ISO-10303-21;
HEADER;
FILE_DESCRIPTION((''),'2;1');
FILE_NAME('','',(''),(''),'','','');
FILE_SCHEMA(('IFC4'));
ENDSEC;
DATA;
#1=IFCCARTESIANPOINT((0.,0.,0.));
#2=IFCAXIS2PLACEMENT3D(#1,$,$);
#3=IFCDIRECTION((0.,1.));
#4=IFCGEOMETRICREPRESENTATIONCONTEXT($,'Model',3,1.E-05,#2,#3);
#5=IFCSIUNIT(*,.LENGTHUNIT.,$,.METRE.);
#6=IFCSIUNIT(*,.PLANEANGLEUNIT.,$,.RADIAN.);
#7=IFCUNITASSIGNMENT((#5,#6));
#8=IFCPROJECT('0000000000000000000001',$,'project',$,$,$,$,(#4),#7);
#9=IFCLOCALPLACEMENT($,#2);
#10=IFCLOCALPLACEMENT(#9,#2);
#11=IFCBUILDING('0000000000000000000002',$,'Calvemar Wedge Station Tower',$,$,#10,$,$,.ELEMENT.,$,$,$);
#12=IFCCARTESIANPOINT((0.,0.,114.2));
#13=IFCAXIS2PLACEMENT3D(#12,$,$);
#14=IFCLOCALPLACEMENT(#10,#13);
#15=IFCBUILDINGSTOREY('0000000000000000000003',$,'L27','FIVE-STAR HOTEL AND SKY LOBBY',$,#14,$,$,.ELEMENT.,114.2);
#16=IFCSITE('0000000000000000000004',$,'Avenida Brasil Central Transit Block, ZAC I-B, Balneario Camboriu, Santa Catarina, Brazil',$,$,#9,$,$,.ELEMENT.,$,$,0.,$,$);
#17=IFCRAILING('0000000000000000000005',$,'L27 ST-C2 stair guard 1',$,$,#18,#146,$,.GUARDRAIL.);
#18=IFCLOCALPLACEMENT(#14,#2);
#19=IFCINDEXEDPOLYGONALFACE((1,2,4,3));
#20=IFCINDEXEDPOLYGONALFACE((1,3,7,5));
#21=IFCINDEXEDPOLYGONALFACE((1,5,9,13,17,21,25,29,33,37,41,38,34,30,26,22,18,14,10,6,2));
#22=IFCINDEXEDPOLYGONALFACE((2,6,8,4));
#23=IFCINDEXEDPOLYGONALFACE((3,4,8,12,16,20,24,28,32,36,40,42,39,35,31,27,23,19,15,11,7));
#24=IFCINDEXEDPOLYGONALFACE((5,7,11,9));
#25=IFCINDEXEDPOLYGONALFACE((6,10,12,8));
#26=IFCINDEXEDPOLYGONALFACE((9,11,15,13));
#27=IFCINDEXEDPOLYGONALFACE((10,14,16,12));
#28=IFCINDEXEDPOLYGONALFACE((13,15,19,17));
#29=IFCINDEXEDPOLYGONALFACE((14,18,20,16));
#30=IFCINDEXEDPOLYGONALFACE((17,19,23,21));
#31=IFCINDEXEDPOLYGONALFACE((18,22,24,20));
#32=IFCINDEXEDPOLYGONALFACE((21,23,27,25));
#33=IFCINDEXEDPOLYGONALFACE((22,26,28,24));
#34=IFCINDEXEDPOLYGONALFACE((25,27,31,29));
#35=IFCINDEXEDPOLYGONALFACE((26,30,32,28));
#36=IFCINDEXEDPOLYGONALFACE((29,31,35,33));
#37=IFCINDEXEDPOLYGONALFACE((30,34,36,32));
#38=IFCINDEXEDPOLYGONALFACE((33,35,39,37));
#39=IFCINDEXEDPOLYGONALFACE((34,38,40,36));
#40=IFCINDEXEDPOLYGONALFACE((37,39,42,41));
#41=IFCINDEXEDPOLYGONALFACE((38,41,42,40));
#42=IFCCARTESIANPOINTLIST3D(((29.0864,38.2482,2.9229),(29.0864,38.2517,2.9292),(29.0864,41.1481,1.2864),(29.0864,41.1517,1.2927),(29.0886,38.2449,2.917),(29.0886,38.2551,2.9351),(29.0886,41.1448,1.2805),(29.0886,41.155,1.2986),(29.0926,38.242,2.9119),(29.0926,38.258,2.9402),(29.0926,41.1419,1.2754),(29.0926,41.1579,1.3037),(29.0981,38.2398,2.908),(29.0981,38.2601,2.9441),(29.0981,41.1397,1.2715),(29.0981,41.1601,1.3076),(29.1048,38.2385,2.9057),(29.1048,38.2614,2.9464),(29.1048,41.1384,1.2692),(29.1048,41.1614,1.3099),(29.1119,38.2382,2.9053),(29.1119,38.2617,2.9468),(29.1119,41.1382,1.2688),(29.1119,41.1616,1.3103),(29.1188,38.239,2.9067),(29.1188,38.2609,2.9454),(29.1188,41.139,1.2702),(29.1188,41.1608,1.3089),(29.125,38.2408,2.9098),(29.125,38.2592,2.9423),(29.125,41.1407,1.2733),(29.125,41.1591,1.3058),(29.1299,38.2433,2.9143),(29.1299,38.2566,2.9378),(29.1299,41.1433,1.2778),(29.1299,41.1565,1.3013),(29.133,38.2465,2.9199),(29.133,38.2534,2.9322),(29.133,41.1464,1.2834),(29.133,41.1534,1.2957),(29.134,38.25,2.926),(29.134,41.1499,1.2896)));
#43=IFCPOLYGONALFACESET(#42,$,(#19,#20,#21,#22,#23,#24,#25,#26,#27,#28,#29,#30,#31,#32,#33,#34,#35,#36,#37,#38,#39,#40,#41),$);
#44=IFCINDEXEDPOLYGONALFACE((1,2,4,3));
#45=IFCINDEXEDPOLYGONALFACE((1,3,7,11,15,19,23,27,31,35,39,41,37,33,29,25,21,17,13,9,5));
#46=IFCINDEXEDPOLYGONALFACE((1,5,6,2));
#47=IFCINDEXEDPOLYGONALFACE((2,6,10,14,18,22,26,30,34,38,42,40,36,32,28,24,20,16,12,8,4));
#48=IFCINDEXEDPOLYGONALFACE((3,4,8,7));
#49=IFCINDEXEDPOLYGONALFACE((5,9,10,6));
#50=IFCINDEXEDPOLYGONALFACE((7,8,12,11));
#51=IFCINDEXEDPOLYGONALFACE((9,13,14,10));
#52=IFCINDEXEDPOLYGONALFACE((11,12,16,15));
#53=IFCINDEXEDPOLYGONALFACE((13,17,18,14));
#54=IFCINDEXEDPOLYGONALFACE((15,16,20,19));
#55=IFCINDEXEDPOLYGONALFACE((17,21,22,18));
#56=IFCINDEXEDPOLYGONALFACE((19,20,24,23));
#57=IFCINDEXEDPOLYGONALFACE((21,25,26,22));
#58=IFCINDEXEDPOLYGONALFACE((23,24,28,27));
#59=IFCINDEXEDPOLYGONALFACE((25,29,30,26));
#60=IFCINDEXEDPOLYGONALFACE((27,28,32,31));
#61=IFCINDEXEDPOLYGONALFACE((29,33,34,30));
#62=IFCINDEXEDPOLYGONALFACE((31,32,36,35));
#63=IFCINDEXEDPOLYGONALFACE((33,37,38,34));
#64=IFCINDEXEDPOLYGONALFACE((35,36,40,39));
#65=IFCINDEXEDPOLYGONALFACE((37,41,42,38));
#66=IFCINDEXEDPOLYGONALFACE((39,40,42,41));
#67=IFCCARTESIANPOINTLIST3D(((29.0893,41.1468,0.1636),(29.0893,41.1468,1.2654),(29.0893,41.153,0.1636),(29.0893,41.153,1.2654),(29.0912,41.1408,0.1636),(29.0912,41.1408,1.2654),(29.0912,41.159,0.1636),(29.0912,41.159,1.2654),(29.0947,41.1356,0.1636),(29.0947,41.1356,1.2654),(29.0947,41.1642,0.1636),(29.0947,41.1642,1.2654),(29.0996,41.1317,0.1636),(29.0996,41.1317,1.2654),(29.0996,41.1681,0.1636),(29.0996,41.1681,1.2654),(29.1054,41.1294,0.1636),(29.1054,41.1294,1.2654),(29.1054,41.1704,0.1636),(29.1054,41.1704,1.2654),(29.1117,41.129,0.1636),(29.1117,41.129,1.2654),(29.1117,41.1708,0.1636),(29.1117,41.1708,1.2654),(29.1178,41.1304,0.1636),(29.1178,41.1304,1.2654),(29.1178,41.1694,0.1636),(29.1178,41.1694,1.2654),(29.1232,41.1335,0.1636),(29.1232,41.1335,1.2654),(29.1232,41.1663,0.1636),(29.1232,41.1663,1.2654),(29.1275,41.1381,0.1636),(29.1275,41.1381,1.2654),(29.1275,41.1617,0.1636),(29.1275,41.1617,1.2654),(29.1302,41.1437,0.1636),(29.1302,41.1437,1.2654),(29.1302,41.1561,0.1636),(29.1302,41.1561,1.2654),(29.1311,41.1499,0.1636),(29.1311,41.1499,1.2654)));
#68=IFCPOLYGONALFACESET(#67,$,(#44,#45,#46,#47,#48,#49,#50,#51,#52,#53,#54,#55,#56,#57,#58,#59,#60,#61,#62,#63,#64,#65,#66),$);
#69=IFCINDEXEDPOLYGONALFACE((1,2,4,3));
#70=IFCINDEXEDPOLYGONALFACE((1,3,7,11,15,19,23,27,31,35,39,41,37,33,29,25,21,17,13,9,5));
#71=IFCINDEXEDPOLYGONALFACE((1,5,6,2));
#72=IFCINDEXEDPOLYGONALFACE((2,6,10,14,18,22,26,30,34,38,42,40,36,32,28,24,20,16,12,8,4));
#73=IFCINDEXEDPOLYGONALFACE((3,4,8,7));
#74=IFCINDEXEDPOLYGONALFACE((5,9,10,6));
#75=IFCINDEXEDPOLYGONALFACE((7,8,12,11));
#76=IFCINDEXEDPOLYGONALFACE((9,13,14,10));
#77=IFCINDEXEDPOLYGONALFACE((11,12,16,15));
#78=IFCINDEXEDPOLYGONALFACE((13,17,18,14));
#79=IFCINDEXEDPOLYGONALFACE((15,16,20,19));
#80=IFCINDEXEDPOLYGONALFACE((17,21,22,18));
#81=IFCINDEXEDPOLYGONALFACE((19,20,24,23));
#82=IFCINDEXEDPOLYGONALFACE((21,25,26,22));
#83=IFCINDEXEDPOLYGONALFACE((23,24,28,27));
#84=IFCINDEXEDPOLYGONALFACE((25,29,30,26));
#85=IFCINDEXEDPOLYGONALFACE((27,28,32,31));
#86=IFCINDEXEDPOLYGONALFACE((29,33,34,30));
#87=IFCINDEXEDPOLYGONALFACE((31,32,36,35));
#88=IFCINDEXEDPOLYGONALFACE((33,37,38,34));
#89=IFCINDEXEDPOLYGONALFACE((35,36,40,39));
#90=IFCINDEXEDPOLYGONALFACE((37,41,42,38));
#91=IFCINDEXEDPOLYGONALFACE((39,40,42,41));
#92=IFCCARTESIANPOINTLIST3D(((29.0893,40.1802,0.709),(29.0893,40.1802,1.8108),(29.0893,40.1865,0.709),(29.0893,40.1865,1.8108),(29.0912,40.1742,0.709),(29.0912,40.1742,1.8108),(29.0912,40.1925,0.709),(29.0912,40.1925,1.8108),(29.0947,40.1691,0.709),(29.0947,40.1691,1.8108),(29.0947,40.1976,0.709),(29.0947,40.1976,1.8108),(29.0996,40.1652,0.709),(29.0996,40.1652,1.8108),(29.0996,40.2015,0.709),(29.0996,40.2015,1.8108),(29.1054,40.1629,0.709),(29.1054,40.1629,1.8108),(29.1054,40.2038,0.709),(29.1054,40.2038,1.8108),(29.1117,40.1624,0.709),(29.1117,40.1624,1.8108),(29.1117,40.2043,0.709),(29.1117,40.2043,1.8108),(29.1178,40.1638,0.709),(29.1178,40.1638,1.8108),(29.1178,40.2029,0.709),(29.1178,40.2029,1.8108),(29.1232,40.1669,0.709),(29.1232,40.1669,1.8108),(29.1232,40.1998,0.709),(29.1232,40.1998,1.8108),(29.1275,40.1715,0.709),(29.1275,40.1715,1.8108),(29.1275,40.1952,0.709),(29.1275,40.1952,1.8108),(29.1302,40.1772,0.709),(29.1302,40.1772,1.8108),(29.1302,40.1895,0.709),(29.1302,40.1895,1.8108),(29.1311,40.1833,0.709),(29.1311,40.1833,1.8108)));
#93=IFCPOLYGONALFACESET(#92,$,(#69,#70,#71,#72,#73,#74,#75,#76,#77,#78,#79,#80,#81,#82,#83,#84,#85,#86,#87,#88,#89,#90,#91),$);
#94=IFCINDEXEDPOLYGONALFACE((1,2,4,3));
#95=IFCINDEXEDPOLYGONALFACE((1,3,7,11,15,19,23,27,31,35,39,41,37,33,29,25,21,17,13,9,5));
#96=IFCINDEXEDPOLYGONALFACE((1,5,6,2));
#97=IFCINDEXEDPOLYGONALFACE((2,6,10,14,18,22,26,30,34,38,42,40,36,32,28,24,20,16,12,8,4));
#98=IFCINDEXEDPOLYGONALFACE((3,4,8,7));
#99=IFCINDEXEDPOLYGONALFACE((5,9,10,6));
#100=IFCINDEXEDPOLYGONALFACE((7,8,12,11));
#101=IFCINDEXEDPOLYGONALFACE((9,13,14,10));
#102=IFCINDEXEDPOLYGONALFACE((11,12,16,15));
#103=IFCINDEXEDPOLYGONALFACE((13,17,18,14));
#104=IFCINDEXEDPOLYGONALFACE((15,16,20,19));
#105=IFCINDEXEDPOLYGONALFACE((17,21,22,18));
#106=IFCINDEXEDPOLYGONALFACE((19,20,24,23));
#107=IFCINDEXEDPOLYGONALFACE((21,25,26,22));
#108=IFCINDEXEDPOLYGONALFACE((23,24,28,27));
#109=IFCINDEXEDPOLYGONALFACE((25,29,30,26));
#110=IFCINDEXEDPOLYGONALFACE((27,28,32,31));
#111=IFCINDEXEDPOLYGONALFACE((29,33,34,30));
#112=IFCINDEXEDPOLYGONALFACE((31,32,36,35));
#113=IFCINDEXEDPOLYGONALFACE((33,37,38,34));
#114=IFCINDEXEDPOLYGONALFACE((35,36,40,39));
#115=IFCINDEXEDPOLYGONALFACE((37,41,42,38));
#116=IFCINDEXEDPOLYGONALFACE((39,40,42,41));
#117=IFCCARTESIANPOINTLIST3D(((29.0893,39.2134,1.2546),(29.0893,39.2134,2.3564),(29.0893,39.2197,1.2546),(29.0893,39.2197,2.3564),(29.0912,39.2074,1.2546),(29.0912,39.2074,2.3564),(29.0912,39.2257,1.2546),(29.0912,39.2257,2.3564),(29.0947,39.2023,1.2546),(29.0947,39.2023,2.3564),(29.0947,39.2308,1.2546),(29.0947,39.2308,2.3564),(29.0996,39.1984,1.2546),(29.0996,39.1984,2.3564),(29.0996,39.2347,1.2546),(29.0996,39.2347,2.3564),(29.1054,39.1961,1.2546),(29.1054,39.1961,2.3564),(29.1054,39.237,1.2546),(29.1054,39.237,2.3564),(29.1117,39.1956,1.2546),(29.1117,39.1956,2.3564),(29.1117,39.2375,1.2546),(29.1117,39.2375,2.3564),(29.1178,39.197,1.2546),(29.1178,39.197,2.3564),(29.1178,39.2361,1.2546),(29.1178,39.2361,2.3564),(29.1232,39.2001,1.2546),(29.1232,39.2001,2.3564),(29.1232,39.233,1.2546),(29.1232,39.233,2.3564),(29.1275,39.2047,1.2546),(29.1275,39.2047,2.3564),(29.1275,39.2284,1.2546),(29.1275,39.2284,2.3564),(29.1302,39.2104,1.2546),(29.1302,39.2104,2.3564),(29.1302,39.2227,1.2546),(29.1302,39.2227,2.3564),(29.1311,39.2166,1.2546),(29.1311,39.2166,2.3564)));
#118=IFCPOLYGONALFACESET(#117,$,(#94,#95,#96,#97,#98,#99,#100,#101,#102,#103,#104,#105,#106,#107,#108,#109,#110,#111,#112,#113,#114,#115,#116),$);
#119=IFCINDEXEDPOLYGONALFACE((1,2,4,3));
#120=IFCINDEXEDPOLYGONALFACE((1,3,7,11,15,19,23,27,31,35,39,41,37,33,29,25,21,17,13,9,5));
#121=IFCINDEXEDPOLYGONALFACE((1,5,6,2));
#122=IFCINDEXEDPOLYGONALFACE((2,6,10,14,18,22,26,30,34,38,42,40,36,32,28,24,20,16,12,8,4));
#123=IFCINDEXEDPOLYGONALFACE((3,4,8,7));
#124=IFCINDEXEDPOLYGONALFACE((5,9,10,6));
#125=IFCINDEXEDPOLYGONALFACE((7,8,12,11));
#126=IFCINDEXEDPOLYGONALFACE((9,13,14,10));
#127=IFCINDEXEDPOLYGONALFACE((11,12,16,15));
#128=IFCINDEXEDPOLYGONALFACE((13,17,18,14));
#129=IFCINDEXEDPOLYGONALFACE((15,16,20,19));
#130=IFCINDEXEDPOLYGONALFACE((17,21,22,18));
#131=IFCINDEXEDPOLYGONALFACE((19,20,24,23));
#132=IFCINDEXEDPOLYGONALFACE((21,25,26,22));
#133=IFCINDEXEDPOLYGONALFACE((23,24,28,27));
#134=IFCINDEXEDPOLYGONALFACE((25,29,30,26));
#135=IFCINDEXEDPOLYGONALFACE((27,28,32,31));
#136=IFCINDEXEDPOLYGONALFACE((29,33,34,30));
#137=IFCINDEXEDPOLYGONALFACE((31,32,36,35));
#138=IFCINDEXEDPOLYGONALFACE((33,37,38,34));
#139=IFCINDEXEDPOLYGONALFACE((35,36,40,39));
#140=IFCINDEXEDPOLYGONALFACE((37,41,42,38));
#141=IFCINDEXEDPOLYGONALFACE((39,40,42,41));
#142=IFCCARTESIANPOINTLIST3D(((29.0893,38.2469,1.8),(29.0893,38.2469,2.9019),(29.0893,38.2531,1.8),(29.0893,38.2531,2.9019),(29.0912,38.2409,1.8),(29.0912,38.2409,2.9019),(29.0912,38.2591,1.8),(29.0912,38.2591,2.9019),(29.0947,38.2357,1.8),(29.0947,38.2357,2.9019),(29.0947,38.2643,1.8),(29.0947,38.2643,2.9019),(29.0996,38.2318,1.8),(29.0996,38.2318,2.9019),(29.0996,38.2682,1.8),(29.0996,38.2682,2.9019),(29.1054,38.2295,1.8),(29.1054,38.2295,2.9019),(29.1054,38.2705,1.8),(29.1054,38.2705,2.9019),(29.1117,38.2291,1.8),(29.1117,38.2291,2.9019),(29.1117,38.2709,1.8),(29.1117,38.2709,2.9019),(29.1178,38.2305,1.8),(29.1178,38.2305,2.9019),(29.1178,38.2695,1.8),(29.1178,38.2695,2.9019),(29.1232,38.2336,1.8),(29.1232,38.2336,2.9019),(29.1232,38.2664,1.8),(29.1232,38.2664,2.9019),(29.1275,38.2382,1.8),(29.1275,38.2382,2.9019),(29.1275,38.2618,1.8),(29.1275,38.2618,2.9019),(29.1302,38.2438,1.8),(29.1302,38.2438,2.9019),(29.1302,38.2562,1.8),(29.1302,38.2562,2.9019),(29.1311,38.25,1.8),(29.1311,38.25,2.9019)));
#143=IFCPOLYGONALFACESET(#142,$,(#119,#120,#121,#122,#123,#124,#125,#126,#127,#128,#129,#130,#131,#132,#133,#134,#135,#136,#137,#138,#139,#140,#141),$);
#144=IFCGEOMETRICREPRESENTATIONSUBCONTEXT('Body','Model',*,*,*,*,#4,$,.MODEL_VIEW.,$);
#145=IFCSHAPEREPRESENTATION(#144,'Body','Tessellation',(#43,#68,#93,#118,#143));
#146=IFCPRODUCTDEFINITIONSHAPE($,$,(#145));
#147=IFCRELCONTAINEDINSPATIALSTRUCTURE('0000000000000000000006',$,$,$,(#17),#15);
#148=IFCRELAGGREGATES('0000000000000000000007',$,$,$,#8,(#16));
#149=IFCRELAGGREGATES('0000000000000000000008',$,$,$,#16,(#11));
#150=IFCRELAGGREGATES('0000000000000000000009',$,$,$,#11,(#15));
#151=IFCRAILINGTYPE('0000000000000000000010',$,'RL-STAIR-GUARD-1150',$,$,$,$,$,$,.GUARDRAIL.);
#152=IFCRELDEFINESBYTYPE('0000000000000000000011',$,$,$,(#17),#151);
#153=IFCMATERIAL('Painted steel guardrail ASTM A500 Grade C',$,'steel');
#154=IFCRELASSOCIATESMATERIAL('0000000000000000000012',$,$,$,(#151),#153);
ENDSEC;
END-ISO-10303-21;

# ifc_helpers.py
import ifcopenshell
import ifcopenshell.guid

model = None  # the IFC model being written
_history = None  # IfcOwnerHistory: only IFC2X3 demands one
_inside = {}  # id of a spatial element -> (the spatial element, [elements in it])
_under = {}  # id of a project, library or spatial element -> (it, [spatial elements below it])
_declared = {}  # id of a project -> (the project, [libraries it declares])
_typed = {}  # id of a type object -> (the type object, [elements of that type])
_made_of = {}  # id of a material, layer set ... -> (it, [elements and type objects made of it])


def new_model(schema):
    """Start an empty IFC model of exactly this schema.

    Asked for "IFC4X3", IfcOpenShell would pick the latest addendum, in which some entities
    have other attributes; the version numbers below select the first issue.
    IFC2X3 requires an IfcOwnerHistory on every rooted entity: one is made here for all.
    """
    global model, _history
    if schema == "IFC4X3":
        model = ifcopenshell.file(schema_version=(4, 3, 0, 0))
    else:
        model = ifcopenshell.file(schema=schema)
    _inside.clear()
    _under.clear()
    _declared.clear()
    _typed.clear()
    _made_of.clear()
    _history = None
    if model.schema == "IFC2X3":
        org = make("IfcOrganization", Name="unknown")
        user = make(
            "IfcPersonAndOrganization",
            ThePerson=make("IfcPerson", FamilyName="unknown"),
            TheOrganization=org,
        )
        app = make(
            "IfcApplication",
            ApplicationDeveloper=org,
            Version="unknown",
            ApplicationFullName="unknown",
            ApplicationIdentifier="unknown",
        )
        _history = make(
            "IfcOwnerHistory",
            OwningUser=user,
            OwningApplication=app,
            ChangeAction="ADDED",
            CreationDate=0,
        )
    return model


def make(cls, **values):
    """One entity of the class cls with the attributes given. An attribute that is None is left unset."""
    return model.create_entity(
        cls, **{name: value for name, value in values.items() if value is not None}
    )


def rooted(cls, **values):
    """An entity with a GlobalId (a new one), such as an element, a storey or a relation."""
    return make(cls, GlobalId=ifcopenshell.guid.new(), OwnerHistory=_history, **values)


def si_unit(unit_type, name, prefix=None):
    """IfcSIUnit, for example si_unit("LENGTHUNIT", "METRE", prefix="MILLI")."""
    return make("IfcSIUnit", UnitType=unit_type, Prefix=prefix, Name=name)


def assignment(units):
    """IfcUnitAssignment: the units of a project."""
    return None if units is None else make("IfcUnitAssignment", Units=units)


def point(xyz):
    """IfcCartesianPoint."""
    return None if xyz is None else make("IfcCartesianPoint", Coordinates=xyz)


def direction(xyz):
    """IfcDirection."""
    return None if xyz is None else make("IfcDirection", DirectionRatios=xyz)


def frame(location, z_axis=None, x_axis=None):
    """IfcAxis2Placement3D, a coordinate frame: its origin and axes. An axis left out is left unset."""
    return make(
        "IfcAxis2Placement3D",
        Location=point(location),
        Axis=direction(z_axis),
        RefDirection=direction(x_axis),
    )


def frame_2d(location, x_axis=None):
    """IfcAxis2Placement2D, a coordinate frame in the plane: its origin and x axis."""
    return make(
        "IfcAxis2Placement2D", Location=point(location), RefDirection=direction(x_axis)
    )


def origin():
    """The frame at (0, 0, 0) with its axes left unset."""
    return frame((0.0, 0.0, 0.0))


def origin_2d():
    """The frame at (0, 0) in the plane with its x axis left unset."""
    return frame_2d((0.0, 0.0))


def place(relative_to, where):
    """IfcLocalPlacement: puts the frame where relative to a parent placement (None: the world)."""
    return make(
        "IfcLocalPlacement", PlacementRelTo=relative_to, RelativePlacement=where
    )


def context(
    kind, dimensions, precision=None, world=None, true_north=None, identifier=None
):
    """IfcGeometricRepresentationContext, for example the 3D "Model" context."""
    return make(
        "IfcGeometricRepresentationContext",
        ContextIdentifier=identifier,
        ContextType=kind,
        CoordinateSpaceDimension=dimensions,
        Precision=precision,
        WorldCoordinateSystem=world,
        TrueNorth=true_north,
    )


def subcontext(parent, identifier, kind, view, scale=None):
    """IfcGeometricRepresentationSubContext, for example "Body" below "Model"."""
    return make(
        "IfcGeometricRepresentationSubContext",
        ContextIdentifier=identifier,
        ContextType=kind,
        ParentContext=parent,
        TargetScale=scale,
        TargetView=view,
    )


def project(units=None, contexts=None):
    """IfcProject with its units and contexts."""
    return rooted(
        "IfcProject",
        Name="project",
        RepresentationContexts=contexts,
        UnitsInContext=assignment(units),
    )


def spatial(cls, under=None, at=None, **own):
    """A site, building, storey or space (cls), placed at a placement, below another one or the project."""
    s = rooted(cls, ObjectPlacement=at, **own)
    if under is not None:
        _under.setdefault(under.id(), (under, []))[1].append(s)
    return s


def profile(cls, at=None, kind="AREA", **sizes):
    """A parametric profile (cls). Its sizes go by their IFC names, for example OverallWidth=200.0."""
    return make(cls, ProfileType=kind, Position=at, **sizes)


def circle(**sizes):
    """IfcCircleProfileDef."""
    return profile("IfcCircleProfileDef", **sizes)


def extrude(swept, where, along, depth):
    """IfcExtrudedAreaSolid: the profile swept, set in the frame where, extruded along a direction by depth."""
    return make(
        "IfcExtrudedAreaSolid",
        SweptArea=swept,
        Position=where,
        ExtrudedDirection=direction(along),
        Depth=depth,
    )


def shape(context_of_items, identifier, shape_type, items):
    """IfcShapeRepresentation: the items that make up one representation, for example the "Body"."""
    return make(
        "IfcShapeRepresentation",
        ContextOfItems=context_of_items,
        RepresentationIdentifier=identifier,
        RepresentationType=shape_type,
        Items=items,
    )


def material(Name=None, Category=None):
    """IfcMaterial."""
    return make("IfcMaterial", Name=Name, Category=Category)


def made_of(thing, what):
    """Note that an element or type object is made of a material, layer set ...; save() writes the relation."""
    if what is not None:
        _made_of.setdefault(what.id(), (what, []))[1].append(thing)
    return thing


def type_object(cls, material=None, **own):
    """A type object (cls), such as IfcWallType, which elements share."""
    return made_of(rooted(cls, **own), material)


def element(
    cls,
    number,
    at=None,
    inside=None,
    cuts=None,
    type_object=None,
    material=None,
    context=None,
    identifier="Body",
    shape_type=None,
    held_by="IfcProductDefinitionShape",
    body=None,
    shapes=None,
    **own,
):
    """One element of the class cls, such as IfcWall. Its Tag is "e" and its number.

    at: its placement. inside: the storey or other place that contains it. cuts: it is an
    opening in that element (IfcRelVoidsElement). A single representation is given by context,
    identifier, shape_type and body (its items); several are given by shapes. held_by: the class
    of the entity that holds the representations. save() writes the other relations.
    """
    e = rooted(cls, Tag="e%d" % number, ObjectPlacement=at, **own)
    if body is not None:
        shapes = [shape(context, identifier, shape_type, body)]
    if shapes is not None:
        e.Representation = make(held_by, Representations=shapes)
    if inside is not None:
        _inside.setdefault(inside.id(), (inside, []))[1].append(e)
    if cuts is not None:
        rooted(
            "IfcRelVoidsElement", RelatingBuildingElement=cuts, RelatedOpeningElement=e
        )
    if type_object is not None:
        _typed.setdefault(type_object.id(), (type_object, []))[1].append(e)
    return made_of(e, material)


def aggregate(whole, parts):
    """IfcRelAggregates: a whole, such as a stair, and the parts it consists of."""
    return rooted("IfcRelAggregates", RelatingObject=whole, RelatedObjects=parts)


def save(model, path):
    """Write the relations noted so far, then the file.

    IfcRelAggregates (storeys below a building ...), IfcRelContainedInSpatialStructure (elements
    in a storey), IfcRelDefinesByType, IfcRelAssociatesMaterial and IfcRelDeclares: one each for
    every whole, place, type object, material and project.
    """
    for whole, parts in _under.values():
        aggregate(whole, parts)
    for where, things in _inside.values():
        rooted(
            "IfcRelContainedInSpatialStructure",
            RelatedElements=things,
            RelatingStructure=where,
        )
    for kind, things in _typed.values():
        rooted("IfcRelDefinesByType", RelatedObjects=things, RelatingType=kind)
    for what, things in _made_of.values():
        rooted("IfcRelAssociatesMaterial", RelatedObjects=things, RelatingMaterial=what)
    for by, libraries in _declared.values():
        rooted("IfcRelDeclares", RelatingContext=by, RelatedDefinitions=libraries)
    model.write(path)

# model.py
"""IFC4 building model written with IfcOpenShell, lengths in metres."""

from ifc_helpers import new_model, si_unit, direction, frame, origin, origin_2d, place, context, subcontext, project, spatial, circle, extrude, material, type_object, element, save


model = new_model("IFC4")

# Units and contexts
model_context = context("Model", 3, precision=1e-05, world=origin(), true_north=direction((0.0, 1.0)))
body_context = subcontext(model_context, "Body", "Model", "MODEL_VIEW")
ifc_project = project(units=[si_unit("LENGTHUNIT", "METRE"), si_unit("PLANEANGLEUNIT", "RADIAN")], contexts=[model_context])

# Site, building, storey
site_placement = place(None, origin())
site = spatial("IfcSite", under=ifc_project, at=site_placement, Name="Avenida Brasil Central Transit Block, ZAC I-B, Balneario Camboriu, Santa Catarina, Brazil", CompositionType="ELEMENT", RefElevation=0.0)
building_placement = place(site_placement, origin())
building = spatial("IfcBuilding", under=site, at=building_placement, Name="Calvemar Wedge Station Tower", CompositionType="ELEMENT")
storey_placement = place(building_placement, frame((0.0, 0.0, 114.2)))
storey = spatial("IfcBuildingStorey", under=building, at=storey_placement, Name="L27", Description="FIVE-STAR HOTEL AND SKY LOBBY", CompositionType="ELEMENT", Elevation=114.2)

# Railing
ifc_material_1 = material(Name="Painted steel guardrail ASTM A500 Grade C", Category="steel")
railing_type_1 = type_object("IfcRailingType", Name="RL-STAIR-GUARD-1150", PredefinedType="GUARDRAIL", material=ifc_material_1)
railing_1_placement = place(storey_placement, frame((29.1101, 41.1499, 0.1636)))
element("IfcRailing", 1, at=railing_1_placement, inside=storey, type_object=railing_type_1, Name="L27 ST-C2 stair guard 1", PredefinedType="GUARDRAIL", context=body_context, shape_type="SweptSolid", body=[
    extrude(circle(Radius=0.0239, at=origin_2d()), frame((0.0, 0.0, 1.126), z_axis=(0.0, -0.870897, 0.491465), x_axis=(1.0, 0.0, 0.0)), (0.0, 0.0, 1.0), 3.3298),
    extrude(circle(Radius=0.021, at=origin_2d()), origin(), (0.0, 0.0, 1.0), 1.1018),
    extrude(circle(Radius=0.021, at=origin_2d()), frame((0.0, -0.9666, 0.5454)), (0.0, 0.0, 1.0), 1.1018),
    extrude(circle(Radius=0.021, at=origin_2d()), frame((0.0, -1.9333, 1.0911)), (0.0, 0.0, 1.0), 1.1018),
    extrude(circle(Radius=0.021, at=origin_2d()), frame((0.0, -2.8999, 1.6365)), (0.0, 0.0, 1.0), 1.1018),
])

save(model, "model.ifc")
